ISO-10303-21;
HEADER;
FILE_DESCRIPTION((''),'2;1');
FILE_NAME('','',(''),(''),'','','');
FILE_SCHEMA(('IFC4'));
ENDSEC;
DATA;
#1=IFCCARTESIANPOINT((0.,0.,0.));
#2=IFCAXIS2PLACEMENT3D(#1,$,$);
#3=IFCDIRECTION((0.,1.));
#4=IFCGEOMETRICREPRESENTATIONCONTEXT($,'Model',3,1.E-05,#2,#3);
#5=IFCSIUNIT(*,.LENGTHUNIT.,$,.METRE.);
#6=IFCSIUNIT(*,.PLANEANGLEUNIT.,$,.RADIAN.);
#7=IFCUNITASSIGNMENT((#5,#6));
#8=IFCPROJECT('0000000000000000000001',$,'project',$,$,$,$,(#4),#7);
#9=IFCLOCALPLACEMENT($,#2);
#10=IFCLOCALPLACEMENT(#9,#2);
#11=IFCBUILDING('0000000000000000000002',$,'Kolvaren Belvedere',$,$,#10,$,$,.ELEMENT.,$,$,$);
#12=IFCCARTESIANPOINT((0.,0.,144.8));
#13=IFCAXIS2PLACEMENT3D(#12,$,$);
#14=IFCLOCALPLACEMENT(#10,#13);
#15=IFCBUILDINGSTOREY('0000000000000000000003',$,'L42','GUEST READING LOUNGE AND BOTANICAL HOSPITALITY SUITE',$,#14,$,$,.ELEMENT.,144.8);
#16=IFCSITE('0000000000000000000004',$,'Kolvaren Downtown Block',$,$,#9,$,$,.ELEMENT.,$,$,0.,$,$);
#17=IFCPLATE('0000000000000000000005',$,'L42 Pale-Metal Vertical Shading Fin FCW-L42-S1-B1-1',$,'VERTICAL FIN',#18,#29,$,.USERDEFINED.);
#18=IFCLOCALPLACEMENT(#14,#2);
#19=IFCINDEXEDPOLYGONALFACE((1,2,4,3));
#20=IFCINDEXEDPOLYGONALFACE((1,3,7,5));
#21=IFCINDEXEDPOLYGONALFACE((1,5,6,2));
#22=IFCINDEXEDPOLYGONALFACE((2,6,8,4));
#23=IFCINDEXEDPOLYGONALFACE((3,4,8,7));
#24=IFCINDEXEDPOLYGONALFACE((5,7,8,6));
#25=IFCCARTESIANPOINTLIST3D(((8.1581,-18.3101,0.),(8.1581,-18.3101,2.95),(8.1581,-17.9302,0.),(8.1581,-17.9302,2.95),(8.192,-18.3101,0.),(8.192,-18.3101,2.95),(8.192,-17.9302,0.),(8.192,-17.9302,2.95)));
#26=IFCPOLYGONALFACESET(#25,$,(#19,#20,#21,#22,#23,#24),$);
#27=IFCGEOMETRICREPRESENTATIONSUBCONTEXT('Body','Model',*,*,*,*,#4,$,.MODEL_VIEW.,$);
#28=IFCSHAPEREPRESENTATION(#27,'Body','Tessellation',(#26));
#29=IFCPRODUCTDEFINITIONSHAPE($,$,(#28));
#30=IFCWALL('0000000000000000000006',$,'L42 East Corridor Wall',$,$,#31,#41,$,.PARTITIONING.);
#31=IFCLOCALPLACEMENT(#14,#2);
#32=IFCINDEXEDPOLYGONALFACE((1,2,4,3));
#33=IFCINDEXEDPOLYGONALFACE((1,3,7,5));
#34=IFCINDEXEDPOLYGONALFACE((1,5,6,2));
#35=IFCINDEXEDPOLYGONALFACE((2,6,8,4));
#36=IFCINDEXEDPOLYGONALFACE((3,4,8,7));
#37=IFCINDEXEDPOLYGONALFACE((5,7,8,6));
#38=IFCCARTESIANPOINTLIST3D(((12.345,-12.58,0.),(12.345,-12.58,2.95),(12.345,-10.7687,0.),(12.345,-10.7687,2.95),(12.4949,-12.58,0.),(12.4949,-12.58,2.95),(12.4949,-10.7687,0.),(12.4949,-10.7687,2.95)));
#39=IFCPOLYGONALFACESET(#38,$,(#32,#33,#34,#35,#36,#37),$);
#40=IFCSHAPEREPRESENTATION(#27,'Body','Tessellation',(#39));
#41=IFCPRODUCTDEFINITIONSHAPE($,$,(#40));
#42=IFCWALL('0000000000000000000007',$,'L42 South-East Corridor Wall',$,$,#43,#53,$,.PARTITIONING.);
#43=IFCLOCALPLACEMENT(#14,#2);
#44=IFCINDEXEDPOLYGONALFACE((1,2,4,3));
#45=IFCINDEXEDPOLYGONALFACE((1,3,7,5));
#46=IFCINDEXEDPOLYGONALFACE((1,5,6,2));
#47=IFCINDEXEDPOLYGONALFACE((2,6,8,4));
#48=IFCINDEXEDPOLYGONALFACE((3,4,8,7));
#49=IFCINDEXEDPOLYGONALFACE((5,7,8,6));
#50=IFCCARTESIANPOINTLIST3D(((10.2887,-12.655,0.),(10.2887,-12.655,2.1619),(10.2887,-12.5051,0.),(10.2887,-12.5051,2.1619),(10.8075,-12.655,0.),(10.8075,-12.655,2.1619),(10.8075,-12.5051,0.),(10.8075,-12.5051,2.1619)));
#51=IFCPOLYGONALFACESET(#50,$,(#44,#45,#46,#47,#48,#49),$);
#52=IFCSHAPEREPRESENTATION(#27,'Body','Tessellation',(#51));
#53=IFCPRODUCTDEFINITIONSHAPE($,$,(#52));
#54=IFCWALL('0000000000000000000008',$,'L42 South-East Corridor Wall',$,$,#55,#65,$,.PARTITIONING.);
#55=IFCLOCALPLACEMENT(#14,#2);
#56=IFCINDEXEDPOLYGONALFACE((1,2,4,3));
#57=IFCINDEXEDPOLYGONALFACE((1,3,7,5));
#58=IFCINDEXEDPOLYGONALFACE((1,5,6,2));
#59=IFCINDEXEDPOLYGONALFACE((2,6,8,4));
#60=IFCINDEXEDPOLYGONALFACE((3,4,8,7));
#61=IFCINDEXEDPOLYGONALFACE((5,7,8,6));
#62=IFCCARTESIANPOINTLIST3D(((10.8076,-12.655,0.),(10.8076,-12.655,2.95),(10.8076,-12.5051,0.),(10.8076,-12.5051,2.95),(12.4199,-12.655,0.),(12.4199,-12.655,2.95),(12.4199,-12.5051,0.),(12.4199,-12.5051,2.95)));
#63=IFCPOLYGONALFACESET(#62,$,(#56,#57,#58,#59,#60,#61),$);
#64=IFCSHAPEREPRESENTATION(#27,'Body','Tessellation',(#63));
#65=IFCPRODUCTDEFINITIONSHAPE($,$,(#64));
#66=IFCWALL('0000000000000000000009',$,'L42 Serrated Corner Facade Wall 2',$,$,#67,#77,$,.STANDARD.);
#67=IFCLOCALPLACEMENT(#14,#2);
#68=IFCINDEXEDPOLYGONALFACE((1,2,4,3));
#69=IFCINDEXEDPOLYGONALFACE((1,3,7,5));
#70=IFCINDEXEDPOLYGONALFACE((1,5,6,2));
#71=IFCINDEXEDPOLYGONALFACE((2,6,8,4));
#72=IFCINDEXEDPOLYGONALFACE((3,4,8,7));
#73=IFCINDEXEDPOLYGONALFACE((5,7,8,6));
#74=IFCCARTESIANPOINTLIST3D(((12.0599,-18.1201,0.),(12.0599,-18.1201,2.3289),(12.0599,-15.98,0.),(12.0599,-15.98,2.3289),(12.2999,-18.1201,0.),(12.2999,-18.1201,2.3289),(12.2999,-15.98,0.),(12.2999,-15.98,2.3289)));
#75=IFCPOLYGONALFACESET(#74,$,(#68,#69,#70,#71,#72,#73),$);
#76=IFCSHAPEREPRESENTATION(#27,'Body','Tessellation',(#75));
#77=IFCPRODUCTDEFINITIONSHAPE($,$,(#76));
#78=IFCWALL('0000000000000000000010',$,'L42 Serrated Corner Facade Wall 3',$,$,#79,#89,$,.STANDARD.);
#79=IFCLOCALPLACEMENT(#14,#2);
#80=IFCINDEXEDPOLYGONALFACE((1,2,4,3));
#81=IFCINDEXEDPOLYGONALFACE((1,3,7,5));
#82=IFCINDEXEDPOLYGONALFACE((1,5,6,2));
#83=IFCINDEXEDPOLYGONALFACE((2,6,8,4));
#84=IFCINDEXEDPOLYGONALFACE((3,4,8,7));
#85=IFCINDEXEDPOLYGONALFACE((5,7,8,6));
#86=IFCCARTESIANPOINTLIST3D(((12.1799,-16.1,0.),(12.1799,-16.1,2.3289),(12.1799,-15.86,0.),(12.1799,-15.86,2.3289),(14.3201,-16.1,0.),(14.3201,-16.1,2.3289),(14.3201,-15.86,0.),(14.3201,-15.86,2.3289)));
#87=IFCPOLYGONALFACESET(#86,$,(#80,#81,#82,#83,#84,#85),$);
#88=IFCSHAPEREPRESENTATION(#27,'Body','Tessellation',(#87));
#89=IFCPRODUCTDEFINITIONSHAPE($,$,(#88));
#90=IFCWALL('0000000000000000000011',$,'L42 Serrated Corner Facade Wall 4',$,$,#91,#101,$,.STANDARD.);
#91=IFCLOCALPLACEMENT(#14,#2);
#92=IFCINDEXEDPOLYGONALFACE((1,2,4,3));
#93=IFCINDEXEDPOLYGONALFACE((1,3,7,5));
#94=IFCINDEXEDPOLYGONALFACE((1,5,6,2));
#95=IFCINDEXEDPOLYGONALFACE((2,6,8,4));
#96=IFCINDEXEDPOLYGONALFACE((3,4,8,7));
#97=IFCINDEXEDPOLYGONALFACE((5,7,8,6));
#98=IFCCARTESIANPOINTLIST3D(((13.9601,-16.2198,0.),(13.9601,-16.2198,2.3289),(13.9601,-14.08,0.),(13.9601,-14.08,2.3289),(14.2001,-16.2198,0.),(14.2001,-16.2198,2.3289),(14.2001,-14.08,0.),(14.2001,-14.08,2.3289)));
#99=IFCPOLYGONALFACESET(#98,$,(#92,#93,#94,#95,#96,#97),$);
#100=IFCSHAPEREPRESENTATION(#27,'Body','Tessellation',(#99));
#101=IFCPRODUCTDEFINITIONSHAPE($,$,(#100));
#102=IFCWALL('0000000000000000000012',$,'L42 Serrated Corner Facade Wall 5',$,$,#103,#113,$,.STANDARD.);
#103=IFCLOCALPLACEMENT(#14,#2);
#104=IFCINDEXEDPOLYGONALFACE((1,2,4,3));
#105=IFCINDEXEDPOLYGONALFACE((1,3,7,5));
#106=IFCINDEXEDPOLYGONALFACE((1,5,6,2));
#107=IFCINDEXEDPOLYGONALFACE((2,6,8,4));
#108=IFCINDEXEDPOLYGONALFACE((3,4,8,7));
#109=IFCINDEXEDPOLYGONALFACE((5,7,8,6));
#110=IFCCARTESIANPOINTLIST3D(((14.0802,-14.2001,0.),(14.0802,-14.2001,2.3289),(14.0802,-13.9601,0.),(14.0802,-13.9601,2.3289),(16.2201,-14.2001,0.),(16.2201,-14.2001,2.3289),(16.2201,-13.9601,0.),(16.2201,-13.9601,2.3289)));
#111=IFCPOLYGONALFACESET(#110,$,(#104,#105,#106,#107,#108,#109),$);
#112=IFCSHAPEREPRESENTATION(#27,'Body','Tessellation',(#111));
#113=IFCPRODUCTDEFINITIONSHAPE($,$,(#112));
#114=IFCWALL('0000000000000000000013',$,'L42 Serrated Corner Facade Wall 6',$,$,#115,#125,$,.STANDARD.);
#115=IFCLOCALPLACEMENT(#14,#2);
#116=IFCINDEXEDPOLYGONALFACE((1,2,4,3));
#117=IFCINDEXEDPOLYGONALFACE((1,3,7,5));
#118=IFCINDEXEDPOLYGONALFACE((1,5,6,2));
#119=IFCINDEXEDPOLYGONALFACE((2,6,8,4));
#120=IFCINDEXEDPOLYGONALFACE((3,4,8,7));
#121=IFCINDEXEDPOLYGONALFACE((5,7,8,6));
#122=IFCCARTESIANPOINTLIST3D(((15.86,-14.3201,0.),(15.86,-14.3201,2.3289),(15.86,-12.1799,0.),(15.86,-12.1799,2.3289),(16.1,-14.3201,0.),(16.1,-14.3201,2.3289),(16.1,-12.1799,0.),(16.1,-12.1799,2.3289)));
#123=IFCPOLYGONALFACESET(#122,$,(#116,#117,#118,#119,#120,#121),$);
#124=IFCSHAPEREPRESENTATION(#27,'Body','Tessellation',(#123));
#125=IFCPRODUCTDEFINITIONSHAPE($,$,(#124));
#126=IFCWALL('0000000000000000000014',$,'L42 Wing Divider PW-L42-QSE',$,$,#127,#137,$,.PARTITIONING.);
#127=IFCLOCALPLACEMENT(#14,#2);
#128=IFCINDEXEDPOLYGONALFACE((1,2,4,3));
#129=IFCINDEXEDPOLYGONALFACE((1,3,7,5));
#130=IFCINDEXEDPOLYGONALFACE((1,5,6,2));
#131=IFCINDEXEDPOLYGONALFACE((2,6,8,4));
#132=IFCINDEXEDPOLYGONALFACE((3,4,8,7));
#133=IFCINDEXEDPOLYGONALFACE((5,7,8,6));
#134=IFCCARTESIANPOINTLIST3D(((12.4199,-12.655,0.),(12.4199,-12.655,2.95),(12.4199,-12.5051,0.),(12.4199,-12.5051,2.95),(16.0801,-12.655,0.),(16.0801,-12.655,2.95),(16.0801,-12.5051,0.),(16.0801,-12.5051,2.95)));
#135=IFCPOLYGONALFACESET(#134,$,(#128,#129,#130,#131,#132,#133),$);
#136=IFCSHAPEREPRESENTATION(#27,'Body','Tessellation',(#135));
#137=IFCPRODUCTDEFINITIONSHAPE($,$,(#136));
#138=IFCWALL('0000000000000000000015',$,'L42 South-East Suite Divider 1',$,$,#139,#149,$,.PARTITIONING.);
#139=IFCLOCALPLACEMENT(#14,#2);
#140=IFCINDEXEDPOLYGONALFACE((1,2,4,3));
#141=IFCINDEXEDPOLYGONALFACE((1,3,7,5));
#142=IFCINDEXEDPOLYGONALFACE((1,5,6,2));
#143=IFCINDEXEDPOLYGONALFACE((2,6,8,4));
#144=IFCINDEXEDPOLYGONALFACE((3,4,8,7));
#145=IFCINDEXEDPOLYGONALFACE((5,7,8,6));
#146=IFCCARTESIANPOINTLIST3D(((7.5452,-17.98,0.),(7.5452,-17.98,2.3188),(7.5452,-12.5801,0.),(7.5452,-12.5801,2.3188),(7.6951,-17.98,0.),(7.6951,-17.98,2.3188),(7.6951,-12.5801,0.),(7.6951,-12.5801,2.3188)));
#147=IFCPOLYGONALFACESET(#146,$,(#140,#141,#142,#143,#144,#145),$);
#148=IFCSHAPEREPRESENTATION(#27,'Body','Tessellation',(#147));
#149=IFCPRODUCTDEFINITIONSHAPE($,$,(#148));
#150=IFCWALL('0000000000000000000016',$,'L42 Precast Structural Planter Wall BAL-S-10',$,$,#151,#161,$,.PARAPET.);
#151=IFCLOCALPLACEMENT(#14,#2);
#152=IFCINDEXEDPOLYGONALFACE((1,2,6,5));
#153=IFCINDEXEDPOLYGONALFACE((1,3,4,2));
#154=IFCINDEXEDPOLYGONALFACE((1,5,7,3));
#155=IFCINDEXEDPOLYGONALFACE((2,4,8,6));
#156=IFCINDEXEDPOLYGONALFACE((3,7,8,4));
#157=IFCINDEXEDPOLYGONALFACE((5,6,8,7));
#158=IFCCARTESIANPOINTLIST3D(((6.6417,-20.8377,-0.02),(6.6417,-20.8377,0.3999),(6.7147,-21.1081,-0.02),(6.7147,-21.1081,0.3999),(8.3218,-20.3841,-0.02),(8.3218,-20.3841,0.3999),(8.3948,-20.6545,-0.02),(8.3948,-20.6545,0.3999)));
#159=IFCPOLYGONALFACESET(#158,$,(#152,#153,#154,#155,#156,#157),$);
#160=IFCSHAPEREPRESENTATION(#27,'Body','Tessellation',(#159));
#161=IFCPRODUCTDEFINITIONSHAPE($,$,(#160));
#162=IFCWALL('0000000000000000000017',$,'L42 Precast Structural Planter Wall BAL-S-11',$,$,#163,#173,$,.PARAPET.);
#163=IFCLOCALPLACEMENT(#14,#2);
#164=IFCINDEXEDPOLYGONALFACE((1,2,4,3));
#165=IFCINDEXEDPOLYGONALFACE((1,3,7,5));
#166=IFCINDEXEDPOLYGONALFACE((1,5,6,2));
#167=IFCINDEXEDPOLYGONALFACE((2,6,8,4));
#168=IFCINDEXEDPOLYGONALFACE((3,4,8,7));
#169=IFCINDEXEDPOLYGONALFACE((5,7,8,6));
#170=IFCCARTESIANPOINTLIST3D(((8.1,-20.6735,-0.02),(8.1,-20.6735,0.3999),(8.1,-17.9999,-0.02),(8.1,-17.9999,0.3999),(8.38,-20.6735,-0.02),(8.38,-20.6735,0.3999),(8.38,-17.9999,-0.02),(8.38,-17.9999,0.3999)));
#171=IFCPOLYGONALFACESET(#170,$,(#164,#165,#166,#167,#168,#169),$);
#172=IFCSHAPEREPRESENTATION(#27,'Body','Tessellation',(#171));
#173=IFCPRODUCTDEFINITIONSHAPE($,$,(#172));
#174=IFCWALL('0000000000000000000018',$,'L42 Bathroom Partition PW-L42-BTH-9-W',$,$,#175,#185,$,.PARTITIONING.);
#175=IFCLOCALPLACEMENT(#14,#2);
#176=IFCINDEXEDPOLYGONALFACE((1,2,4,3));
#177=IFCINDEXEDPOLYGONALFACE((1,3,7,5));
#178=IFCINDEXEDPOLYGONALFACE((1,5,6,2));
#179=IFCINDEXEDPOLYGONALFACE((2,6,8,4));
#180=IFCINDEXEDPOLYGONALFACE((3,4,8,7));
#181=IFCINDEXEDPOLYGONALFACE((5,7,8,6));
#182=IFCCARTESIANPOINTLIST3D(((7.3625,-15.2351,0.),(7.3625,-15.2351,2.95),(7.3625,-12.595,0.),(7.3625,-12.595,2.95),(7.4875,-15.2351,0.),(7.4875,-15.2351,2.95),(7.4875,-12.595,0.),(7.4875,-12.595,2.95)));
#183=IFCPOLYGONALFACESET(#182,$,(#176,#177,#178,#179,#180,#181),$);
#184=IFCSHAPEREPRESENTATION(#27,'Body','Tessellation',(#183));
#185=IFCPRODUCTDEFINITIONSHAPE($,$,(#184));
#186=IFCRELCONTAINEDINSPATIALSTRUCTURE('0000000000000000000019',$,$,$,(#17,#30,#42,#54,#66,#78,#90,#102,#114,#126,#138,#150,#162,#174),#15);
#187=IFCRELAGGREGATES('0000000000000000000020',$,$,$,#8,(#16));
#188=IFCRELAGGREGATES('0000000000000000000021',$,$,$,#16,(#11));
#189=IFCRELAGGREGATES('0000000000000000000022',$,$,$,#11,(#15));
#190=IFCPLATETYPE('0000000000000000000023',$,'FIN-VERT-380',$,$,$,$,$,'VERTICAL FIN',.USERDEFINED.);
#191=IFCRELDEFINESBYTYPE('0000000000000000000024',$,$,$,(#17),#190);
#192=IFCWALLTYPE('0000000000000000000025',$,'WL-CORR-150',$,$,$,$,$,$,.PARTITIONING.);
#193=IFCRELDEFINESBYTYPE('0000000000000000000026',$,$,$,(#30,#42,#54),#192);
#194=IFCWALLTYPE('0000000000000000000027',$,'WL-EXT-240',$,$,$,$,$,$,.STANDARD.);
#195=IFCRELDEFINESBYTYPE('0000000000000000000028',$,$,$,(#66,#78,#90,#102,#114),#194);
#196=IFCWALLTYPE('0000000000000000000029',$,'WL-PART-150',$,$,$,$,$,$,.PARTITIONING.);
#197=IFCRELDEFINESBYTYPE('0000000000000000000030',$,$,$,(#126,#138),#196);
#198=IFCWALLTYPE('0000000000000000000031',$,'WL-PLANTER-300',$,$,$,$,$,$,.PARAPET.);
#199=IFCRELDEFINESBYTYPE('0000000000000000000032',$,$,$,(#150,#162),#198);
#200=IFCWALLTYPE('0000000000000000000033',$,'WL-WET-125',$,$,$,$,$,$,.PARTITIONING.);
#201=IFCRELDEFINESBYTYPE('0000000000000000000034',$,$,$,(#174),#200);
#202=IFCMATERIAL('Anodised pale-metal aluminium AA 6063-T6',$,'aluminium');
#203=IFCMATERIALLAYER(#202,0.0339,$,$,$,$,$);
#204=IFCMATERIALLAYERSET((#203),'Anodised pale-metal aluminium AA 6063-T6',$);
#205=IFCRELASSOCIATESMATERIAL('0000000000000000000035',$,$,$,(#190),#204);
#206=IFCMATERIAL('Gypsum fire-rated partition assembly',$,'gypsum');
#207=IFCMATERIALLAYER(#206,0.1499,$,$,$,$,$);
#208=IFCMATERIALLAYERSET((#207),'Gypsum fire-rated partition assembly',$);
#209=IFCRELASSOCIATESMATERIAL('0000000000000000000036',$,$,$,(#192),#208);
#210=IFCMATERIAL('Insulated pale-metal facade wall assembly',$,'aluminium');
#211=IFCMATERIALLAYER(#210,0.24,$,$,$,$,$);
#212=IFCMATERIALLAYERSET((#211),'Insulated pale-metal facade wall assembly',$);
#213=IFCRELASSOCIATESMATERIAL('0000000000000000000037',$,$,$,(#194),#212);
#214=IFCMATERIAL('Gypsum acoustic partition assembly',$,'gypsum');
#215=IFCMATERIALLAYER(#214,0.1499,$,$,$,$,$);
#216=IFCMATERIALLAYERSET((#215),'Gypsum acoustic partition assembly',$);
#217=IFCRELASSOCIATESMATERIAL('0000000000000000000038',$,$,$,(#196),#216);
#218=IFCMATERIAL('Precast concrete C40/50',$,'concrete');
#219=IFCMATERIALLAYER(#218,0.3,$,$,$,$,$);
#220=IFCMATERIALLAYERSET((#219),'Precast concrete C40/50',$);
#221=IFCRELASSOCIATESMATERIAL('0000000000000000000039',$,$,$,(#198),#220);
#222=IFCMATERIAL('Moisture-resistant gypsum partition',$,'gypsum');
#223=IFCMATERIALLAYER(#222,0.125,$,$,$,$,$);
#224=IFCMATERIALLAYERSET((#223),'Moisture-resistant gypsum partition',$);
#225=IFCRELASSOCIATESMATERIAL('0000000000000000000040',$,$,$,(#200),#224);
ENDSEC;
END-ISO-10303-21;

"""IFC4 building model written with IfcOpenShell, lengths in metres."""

from ifc_helpers import new_model, si_unit, direction, frame, frame_2d, origin, origin_2d, place, context, subcontext, project, spatial, rectangle, extrude, material, layer, layer_set, type_object, element, save


model = new_model("IFC4")

# Units and contexts
model_context = context("Model", 3, precision=1e-05, world=origin(), true_north=direction((0.0, 1.0)))
body_context = subcontext(model_context, "Body", "Model", "MODEL_VIEW")
ifc_project = project(units=[si_unit("LENGTHUNIT", "METRE"), si_unit("PLANEANGLEUNIT", "RADIAN")], contexts=[model_context])

# Site, building, storey
site_placement = place(None, origin())
site = spatial("IfcSite", under=ifc_project, at=site_placement, Name="Kolvaren Downtown Block", CompositionType="ELEMENT", RefElevation=0.0)
building_placement = place(site_placement, origin())
building = spatial("IfcBuilding", under=site, at=building_placement, Name="Kolvaren Belvedere", CompositionType="ELEMENT")
storey_placement = place(building_placement, frame((0.0, 0.0, 144.8)))
storey = spatial("IfcBuildingStorey", under=building, at=storey_placement, Name="L42", Description="GUEST READING LOUNGE AND BOTANICAL HOSPITALITY SUITE", CompositionType="ELEMENT", Elevation=144.8)

# Plate
ifc_material_1 = material(Name="Anodised pale-metal aluminium AA 6063-T6", Category="aluminium")
ifc_layer_1 = layer(ifc_material_1, 0.0339)
ifc_layer_set_1 = layer_set([ifc_layer_1], Name="Anodised pale-metal aluminium AA 6063-T6")
plate_type_1 = type_object("IfcPlateType", Name="FIN-VERT-380", ElementType="VERTICAL FIN", PredefinedType="USERDEFINED", material=ifc_layer_set_1)
plate_1_placement = place(storey_placement, frame((8.175, -18.1201, 0.0), z_axis=(0.0, 0.0, 1.0), x_axis=(0.0, 1.0, 0.0)))
element("IfcPlate", 1, at=plate_1_placement, inside=storey, type_object=plate_type_1, Name="L42 Pale-Metal Vertical Shading Fin FCW-L42-S1-B1-1", ObjectType="VERTICAL FIN", PredefinedType="USERDEFINED", context=body_context, shape_type="SweptSolid", body=[
    extrude(rectangle(XDim=0.3799, YDim=0.0339, at=origin_2d()), origin(), (0.0, 0.0, 1.0), 2.95),
])

# Walls
ifc_material_2 = material(Name="Gypsum fire-rated partition assembly", Category="gypsum")
ifc_layer_2 = layer(ifc_material_2, 0.1499)
ifc_layer_set_2 = layer_set([ifc_layer_2], Name="Gypsum fire-rated partition assembly")
wall_type_1 = type_object("IfcWallType", Name="WL-CORR-150", PredefinedType="PARTITIONING", material=ifc_layer_set_2)
wall_1_placement = place(storey_placement, frame((12.4199, -12.5801, 0.0), z_axis=(0.0, 0.0, 1.0), x_axis=(0.0, 1.0, 0.0)))
element("IfcWall", 2, at=wall_1_placement, inside=storey, type_object=wall_type_1, Name="L42 East Corridor Wall", PredefinedType="PARTITIONING", context=body_context, shape_type="SweptSolid", body=[
    extrude(rectangle(XDim=1.8113, YDim=0.1499, at=frame_2d((0.9058, 0.0))), origin(), (0.0, 0.0, 1.0), 2.95),
])
wall_2_placement = place(storey_placement, frame((10.2888, -12.5801, 0.0), z_axis=(0.0, 0.0, 1.0), x_axis=(1.0, 0.0, 0.0)))
element("IfcWall", 3, at=wall_2_placement, inside=storey, type_object=wall_type_1, Name="L42 South-East Corridor Wall", PredefinedType="PARTITIONING", context=body_context, shape_type="SweptSolid", body=[
    extrude(rectangle(XDim=0.5188, YDim=0.1499, at=frame_2d((0.2593, 0.0))), origin(), (0.0, 0.0, 1.0), 2.1619),
])
wall_3_placement = place(storey_placement, frame((10.8076, -12.5801, 0.0), z_axis=(0.0, 0.0, 1.0), x_axis=(1.0, 0.0, 0.0)))
element("IfcWall", 4, at=wall_3_placement, inside=storey, type_object=wall_type_1, Name="L42 South-East Corridor Wall", PredefinedType="PARTITIONING", context=body_context, shape_type="SweptSolid", body=[
    extrude(rectangle(XDim=1.6123, YDim=0.1499, at=frame_2d((0.8062, 0.0))), origin(), (0.0, 0.0, 1.0), 2.95),
])
ifc_material_3 = material(Name="Insulated pale-metal facade wall assembly", Category="aluminium")
ifc_layer_3 = layer(ifc_material_3, 0.24)
ifc_layer_set_3 = layer_set([ifc_layer_3], Name="Insulated pale-metal facade wall assembly")
wall_type_2 = type_object("IfcWallType", Name="WL-EXT-240", PredefinedType="STANDARD", material=ifc_layer_set_3)
for number, where, z_axis, x_axis, name in (
    (5, (12.1799, -15.98, 0.0), (0.0, 0.0, 1.0), (0.0, -1.0, 0.0), "L42 Serrated Corner Facade Wall 2"),
    (6, (14.3201, -15.98, 0.0), (0.0, 0.0, 1.0), (-1.0, 0.0, 0.0), "L42 Serrated Corner Facade Wall 3"),
):
    element("IfcWall", number, at=place(storey_placement, frame(where, z_axis=z_axis, x_axis=x_axis)), inside=storey, type_object=wall_type_2, Name=name, PredefinedType="STANDARD", context=body_context, shape_type="SweptSolid", body=[
        extrude(rectangle(XDim=2.1401, YDim=0.24, at=frame_2d((1.0701, 0.0))), origin(), (0.0, 0.0, 1.0), 2.3289),
    ])
for number, where, z_axis, x_axis, name in (
    (7, (14.0801, -14.0801, 0.0), (0.0, 0.0, 1.0), (0.0, -1.0, 0.0), "L42 Serrated Corner Facade Wall 4"),
    (8, (16.22, -14.0801, 0.0), (0.0, 0.0, 1.0), (-1.0, 0.0, 0.0), "L42 Serrated Corner Facade Wall 5"),
):
    element("IfcWall", number, at=place(storey_placement, frame(where, z_axis=z_axis, x_axis=x_axis)), inside=storey, type_object=wall_type_2, Name=name, PredefinedType="STANDARD", context=body_context, shape_type="SweptSolid", body=[
        extrude(rectangle(XDim=2.1399, YDim=0.24, at=frame_2d((1.0698, 0.0))), origin(), (0.0, 0.0, 1.0), 2.3289),
    ])
wall_4_placement = place(storey_placement, frame((15.98, -12.1799, 0.0), z_axis=(0.0, 0.0, 1.0), x_axis=(0.0, -1.0, 0.0)))
element("IfcWall", 9, at=wall_4_placement, inside=storey, type_object=wall_type_2, Name="L42 Serrated Corner Facade Wall 6", PredefinedType="STANDARD", context=body_context, shape_type="SweptSolid", body=[
    extrude(rectangle(XDim=2.1401, YDim=0.24, at=frame_2d((1.0701, 0.0))), origin(), (0.0, 0.0, 1.0), 2.3289),
])
ifc_material_4 = material(Name="Gypsum acoustic partition assembly", Category="gypsum")
ifc_layer_4 = layer(ifc_material_4, 0.1499)
ifc_layer_set_4 = layer_set([ifc_layer_4], Name="Gypsum acoustic partition assembly")
wall_type_3 = type_object("IfcWallType", Name="WL-PART-150", PredefinedType="PARTITIONING", material=ifc_layer_set_4)
wall_5_placement = place(storey_placement, frame((12.4199, -12.5801, 0.0), z_axis=(0.0, 0.0, 1.0), x_axis=(1.0, 0.0, 0.0)))
element("IfcWall", 10, at=wall_5_placement, inside=storey, type_object=wall_type_3, Name="L42 Wing Divider PW-L42-QSE", PredefinedType="PARTITIONING", context=body_context, shape_type="SweptSolid", body=[
    extrude(rectangle(XDim=3.6602, YDim=0.1499, at=frame_2d((1.8301, 0.0))), origin(), (0.0, 0.0, 1.0), 2.95),
])
wall_6_placement = place(storey_placement, frame((7.6201, -17.98, 0.0), z_axis=(0.0, 0.0, 1.0), x_axis=(0.0, 1.0, 0.0)))
element("IfcWall", 11, at=wall_6_placement, inside=storey, type_object=wall_type_3, Name="L42 South-East Suite Divider 1", PredefinedType="PARTITIONING", context=body_context, shape_type="SweptSolid", body=[
    extrude(rectangle(XDim=5.3999, YDim=0.1499, at=frame_2d((2.7, 0.0))), origin(), (0.0, 0.0, 1.0), 2.3188),
])
ifc_material_5 = material(Name="Precast concrete C40/50", Category="concrete")
ifc_layer_5 = layer(ifc_material_5, 0.3)
ifc_layer_set_5 = layer_set([ifc_layer_5], Name="Precast concrete C40/50")
wall_type_4 = type_object("IfcWallType", Name="WL-PLANTER-300", PredefinedType="PARAPET", material=ifc_layer_set_5)
wall_7_placement = place(storey_placement, frame((6.6782, -20.9729, -0.02), z_axis=(0.0, 0.0, 1.0), x_axis=(0.965434, 0.260648, 0.0)))
element("IfcWall", 12, at=wall_7_placement, inside=storey, type_object=wall_type_4, Name="L42 Precast Structural Planter Wall BAL-S-10", PredefinedType="PARAPET", context=body_context, shape_type="SweptSolid", body=[
    extrude(rectangle(XDim=1.7402, YDim=0.28, at=frame_2d((0.8701, 0.0))), origin(), (0.0, 0.0, 1.0), 0.4199),
])
wall_8_placement = place(storey_placement, frame((8.24, -20.6736, -0.02), z_axis=(0.0, 0.0, 1.0), x_axis=(0.0, 1.0, 0.0)))
element("IfcWall", 13, at=wall_8_placement, inside=storey, type_object=wall_type_4, Name="L42 Precast Structural Planter Wall BAL-S-11", PredefinedType="PARAPET", context=body_context, shape_type="SweptSolid", body=[
    extrude(rectangle(XDim=2.6736, YDim=0.28, at=frame_2d((1.3369, 0.0))), origin(), (0.0, 0.0, 1.0), 0.4199),
])
ifc_material_6 = material(Name="Moisture-resistant gypsum partition", Category="gypsum")
ifc_layer_6 = layer(ifc_material_6, 0.125)
ifc_layer_set_6 = layer_set([ifc_layer_6], Name="Moisture-resistant gypsum partition")
wall_type_5 = type_object("IfcWallType", Name="WL-WET-125", PredefinedType="PARTITIONING", material=ifc_layer_set_6)
wall_9_placement = place(storey_placement, frame((7.425, -15.2351, 0.0), z_axis=(0.0, 0.0, 1.0), x_axis=(0.0, 1.0, 0.0)))
element("IfcWall", 14, at=wall_9_placement, inside=storey, type_object=wall_type_5, Name="L42 Bathroom Partition PW-L42-BTH-9-W", PredefinedType="PARTITIONING", context=body_context, shape_type="SweptSolid", body=[
    extrude(rectangle(XDim=2.6401, YDim=0.125, at=frame_2d((1.3201, 0.0))), origin(), (0.0, 0.0, 1.0), 2.95),
])

save(model, "model.ifc")
